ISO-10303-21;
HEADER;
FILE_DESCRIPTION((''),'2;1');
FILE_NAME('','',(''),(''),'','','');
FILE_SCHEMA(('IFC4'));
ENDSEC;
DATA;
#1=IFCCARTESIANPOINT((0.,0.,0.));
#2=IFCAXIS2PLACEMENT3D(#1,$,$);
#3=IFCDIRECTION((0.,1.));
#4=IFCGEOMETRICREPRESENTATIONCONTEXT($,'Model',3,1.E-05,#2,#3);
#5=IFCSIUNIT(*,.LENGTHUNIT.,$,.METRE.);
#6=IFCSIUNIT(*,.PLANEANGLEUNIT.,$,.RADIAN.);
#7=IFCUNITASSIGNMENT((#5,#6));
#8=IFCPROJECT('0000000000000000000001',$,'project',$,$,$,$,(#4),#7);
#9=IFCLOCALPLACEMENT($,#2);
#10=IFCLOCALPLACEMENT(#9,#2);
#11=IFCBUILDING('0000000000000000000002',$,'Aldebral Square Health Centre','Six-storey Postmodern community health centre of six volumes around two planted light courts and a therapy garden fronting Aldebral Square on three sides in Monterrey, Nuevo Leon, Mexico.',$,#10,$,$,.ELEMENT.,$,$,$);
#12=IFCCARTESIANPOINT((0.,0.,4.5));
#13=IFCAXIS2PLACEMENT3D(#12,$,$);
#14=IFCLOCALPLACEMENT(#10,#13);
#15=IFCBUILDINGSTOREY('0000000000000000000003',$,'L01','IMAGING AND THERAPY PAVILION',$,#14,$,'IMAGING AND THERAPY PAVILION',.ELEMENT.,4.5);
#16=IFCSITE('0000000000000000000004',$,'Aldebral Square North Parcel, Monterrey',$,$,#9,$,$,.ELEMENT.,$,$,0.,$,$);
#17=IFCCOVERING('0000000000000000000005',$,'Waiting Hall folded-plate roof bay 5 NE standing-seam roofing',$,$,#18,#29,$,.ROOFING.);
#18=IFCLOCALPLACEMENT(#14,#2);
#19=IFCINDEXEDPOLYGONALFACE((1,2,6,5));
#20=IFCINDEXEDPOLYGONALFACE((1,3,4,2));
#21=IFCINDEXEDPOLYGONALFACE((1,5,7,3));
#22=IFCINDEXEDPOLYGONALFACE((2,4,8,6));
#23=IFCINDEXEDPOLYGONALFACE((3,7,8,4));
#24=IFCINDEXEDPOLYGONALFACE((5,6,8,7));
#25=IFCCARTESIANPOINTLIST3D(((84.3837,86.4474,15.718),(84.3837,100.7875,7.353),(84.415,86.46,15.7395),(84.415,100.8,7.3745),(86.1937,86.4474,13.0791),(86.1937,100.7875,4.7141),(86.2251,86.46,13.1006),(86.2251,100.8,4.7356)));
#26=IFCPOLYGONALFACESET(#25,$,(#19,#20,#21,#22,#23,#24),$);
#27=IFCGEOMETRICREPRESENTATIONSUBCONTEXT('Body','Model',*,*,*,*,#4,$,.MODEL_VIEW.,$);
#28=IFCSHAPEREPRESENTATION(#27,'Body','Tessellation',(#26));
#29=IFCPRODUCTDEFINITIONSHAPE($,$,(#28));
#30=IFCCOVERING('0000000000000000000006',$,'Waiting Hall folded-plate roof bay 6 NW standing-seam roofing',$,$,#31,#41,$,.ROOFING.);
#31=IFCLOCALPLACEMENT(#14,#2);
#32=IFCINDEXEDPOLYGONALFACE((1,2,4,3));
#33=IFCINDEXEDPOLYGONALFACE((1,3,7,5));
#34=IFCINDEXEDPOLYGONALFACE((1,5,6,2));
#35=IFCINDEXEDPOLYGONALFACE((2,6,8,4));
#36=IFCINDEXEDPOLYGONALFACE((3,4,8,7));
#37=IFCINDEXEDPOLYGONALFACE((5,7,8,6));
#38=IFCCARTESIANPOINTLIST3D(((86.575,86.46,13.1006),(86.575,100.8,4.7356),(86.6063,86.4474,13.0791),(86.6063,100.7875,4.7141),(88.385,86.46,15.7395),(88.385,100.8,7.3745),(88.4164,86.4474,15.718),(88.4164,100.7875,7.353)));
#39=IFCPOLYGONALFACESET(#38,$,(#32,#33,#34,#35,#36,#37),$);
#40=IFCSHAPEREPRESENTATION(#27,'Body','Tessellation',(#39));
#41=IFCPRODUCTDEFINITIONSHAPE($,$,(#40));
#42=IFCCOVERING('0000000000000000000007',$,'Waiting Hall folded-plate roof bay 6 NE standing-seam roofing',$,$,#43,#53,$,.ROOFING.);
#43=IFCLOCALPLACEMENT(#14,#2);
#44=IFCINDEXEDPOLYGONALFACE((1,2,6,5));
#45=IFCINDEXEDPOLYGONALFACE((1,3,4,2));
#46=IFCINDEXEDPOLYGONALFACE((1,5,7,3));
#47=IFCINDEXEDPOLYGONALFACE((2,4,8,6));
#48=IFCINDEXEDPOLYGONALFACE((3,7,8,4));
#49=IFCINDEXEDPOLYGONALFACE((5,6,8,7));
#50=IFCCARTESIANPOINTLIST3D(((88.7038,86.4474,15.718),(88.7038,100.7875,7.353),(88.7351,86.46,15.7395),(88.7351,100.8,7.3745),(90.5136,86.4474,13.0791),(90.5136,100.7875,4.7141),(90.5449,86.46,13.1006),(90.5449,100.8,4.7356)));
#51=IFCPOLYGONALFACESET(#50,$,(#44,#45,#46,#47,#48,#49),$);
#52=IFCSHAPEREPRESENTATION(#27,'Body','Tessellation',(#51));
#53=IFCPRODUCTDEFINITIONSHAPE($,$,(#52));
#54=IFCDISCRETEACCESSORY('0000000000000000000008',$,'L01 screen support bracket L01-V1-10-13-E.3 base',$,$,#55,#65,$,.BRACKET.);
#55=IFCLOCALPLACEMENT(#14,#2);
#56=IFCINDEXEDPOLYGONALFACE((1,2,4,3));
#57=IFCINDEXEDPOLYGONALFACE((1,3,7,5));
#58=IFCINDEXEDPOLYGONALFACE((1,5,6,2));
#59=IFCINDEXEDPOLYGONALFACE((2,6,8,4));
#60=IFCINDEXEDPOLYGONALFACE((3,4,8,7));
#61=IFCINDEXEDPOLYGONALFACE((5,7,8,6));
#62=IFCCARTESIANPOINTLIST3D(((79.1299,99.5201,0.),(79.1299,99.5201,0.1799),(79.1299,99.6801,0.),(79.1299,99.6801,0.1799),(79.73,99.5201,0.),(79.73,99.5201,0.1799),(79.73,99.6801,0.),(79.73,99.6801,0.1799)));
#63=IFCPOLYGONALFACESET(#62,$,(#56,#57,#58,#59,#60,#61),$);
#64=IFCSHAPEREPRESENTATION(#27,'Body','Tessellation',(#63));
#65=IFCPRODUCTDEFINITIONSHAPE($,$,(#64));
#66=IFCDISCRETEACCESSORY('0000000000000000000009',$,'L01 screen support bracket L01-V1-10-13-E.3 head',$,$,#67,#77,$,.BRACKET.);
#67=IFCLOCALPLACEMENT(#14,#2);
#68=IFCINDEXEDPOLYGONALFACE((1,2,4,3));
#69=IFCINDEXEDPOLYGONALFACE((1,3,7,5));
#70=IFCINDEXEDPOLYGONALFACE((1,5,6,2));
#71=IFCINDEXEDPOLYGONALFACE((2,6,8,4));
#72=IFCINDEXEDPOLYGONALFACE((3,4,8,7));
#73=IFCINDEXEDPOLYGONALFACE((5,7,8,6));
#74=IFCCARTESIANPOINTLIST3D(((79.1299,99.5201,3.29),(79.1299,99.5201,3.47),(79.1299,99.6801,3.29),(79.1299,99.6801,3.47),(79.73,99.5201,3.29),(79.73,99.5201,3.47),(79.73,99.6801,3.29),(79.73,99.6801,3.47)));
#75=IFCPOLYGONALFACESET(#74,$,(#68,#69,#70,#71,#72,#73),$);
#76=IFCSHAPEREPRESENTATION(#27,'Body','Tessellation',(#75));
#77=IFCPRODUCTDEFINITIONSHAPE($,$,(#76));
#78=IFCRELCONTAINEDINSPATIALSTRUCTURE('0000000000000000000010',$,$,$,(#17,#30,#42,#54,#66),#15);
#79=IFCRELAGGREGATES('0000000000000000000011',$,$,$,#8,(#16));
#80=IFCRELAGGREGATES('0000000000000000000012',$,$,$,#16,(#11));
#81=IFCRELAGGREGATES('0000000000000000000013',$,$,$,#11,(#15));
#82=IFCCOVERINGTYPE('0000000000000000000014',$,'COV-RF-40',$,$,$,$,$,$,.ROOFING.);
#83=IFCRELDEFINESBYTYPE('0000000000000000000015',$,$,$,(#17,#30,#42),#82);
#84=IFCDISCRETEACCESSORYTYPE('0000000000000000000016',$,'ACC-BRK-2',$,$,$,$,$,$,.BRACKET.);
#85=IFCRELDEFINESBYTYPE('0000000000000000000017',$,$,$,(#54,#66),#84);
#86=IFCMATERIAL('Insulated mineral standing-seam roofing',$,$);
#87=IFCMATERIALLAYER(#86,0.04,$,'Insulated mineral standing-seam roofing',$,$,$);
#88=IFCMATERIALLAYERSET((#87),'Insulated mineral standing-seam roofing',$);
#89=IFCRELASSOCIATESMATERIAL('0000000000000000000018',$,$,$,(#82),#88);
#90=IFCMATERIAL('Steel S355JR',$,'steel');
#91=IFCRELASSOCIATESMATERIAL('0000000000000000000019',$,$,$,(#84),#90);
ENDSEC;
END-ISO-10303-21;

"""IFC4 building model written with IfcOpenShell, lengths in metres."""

from ifc_helpers import new_model, si_unit, direction, frame, origin, origin_2d, place, context, subcontext, project, spatial, polyline, rectangle, outline, extrude, material, layer, layer_set, type_object, element, save


model = new_model("IFC4")

# Units and contexts
model_context = context("Model", 3, precision=1e-05, world=origin(), true_north=direction((0.0, 1.0)))
body_context = subcontext(model_context, "Body", "Model", "MODEL_VIEW")
ifc_project = project(units=[si_unit("LENGTHUNIT", "METRE"), si_unit("PLANEANGLEUNIT", "RADIAN")], contexts=[model_context])

# Site, building, storey
site_placement = place(None, origin())
site = spatial("IfcSite", under=ifc_project, at=site_placement, Name="Aldebral Square North Parcel, Monterrey", CompositionType="ELEMENT", RefElevation=0.0)
building_placement = place(site_placement, origin())
building = spatial("IfcBuilding", under=site, at=building_placement, Name="Aldebral Square Health Centre", Description="Six-storey Postmodern community health centre of six volumes around two planted light courts and a therapy garden fronting Aldebral Square on three sides in Monterrey, Nuevo Leon, Mexico.", CompositionType="ELEMENT")
storey_placement = place(building_placement, frame((0.0, 0.0, 4.5)))
storey = spatial("IfcBuildingStorey", under=building, at=storey_placement, Name="L01", Description="IMAGING AND THERAPY PAVILION", LongName="IMAGING AND THERAPY PAVILION", CompositionType="ELEMENT", Elevation=4.5)

# Coverings
ifc_material_1 = material(Name="Insulated mineral standing-seam roofing")
ifc_layer_1 = layer(ifc_material_1, 0.04, Name="Insulated mineral standing-seam roofing")
ifc_layer_set_1 = layer_set([ifc_layer_1], Name="Insulated mineral standing-seam roofing")
covering_type_1 = type_object("IfcCoveringType", Name="COV-RF-40", PredefinedType="ROOFING", material=ifc_layer_set_1)
covering_1_placement = place(storey_placement, frame((86.2251, 100.8, 4.7356), z_axis=(0.783126, 0.313337, 0.537154), x_axis=(-0.565638, 0.0, 0.824654)))
element("IfcCovering", 1, at=covering_1_placement, inside=storey, type_object=covering_type_1, Name="Waiting Hall folded-plate roof bay 5 NE standing-seam roofing", PredefinedType="ROOFING", context=body_context, shape_type="SweptSolid", body=[
    extrude(outline(polyline([(0.0, 0.0), (3.2, 0.0), (10.0982, 15.1005), (6.8982, 15.1005), (0.0, 0.0)])), origin(), (0.0, 0.0, -1.0), 0.04),
])
covering_2_placement = place(storey_placement, frame((88.385, 100.8, 7.3745), z_axis=(-0.783126, 0.313337, 0.537154), x_axis=(-0.565638, 0.0, -0.824654)))
element("IfcCovering", 2, at=covering_2_placement, inside=storey, type_object=covering_type_1, Name="Waiting Hall folded-plate roof bay 6 NW standing-seam roofing", PredefinedType="ROOFING", context=body_context, shape_type="SweptSolid", body=[
    extrude(outline(polyline([(0.0, 0.0), (3.2, 0.0), (-3.6982, 15.1005), (-6.8982, 15.1005), (0.0, 0.0)])), origin(), (0.0, 0.0, -1.0), 0.04),
])
covering_3_placement = place(storey_placement, frame((90.5449, 100.8, 4.7356), z_axis=(0.783166, 0.313311, 0.537109), x_axis=(-0.565586, 0.0, 0.824689)))
element("IfcCovering", 3, at=covering_3_placement, inside=storey, type_object=covering_type_1, Name="Waiting Hall folded-plate roof bay 6 NE standing-seam roofing", PredefinedType="ROOFING", context=body_context, shape_type="SweptSolid", body=[
    extrude(outline(polyline([(0.0, 0.0), (3.1999, 0.0), (10.0984, 15.1004), (6.8985, 15.1004), (0.0, 0.0)])), origin(), (0.0, 0.0, -1.0), 0.04),
])

# Discrete accessories
ifc_material_2 = material(Name="Steel S355JR", Category="steel")
discrete_accessory_type = type_object("IfcDiscreteAccessoryType", Name="ACC-BRK-2", PredefinedType="BRACKET", material=ifc_material_2)
for number, where, z_axis, x_axis, name in (
    (4, (79.4299, 99.6001, 0.0), (0.0, 0.0, 1.0), (0.0, 1.0, 0.0), "L01 screen support bracket L01-V1-10-13-E.3 base"),
    (5, (79.4299, 99.6001, 3.29), (0.0, 0.0, 1.0), (0.0, 1.0, 0.0), "L01 screen support bracket L01-V1-10-13-E.3 head"),
):
    element("IfcDiscreteAccessory", number, at=place(storey_placement, frame(where, z_axis=z_axis, x_axis=x_axis)), inside=storey, type_object=discrete_accessory_type, Name=name, PredefinedType="BRACKET", context=body_context, shape_type="SweptSolid", body=[
        extrude(rectangle(XDim=0.1599, YDim=0.6001, at=origin_2d()), origin(), (0.0, 0.0, 1.0), 0.1799),
    ])

save(model, "model.ifc")
